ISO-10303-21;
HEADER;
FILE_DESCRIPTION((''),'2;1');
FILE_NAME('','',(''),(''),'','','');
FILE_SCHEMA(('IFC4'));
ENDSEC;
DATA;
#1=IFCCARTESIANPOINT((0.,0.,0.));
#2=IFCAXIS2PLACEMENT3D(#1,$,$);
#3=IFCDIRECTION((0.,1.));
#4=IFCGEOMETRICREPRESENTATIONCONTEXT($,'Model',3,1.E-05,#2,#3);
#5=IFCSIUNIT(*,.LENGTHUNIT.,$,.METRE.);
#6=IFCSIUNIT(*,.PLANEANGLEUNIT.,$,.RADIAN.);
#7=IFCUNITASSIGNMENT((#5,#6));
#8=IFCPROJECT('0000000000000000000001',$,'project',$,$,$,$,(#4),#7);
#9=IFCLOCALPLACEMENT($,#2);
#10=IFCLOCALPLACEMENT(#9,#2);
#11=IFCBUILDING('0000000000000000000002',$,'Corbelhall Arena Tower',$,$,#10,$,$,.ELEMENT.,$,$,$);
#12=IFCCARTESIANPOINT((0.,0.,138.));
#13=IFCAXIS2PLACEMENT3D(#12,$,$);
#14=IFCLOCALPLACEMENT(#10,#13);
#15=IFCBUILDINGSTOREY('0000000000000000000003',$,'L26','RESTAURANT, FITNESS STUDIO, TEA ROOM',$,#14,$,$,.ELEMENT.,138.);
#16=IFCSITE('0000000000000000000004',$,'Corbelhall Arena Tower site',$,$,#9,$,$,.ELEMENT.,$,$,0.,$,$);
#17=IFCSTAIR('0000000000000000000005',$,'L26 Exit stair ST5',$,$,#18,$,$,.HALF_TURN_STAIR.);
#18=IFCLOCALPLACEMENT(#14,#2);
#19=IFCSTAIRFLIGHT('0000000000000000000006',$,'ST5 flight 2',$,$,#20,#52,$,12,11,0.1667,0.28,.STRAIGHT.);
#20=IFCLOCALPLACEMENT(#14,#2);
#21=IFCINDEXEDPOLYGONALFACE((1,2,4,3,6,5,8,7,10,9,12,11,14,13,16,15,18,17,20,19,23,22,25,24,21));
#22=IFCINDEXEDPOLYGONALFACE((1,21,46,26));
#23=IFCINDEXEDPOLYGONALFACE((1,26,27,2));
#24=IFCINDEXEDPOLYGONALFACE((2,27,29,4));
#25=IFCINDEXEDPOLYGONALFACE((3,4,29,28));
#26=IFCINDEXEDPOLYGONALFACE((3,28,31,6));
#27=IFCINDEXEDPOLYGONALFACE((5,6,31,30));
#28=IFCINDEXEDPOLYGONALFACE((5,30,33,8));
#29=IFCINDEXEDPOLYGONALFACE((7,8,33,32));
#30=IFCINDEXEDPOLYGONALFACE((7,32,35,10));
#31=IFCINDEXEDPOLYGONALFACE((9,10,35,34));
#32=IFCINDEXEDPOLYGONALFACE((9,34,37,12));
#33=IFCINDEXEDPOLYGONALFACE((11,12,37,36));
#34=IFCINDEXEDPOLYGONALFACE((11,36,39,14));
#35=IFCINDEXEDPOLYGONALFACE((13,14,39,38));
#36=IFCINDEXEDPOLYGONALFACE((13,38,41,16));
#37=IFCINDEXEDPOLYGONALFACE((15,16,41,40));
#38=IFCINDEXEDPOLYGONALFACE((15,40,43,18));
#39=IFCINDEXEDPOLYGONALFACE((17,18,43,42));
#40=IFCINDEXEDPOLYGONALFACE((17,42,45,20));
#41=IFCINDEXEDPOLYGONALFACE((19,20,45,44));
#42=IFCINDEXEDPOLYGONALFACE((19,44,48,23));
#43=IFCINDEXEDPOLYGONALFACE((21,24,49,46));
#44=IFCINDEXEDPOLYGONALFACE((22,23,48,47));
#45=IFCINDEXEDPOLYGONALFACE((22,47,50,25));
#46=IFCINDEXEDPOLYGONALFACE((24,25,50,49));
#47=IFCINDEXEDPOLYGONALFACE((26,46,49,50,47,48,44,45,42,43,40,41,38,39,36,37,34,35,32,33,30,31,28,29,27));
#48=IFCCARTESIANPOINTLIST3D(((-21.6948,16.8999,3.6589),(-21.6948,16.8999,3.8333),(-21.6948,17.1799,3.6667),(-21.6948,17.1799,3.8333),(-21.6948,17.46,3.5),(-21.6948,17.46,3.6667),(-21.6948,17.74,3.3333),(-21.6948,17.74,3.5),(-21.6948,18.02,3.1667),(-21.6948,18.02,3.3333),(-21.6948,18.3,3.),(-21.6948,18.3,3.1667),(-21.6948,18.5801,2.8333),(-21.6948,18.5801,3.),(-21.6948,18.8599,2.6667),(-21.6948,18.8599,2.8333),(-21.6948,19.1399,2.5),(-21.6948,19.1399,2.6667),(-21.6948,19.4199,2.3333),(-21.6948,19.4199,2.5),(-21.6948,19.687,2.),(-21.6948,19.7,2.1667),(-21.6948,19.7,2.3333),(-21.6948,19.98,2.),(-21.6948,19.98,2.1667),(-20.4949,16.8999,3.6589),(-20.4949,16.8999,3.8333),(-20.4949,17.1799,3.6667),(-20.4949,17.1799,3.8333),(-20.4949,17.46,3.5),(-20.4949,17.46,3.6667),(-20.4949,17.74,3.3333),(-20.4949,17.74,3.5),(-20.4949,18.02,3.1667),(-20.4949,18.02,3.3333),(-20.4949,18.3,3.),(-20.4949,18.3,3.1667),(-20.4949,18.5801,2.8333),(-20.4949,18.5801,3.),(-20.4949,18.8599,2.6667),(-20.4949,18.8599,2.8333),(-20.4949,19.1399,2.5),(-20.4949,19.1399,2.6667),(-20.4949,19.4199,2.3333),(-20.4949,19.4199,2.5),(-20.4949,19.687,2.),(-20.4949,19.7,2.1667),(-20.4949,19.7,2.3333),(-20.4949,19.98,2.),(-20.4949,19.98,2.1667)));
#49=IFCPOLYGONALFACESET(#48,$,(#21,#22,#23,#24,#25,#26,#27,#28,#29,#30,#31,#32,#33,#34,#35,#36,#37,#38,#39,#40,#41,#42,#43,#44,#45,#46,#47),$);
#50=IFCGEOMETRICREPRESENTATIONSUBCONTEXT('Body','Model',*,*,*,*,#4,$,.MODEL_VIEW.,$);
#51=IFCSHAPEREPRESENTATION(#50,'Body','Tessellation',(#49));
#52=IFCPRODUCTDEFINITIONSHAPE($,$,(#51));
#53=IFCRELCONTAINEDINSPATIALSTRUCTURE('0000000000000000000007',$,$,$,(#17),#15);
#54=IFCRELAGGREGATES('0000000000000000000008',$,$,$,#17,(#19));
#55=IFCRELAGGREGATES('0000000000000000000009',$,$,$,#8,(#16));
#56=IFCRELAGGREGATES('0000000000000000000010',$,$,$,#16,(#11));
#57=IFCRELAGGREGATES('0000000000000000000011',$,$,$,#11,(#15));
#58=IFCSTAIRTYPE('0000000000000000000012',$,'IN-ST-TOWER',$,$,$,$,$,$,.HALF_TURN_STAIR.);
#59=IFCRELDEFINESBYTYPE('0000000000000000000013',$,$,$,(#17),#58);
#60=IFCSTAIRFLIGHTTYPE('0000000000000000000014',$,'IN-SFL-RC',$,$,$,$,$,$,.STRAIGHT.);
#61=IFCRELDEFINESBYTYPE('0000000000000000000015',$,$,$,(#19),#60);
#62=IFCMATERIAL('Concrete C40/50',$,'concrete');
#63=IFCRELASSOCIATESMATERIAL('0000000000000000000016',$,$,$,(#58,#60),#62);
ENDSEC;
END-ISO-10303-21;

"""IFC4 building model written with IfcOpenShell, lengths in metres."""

from ifc_helpers import new_model, si_unit, direction, frame, origin, place, context, subcontext, project, spatial, polyline, outline, extrude, material, type_object, element, aggregate, save


model = new_model("IFC4")

# Units and contexts
model_context = context("Model", 3, precision=1e-05, world=origin(), true_north=direction((0.0, 1.0)))
body_context = subcontext(model_context, "Body", "Model", "MODEL_VIEW")
ifc_project = project(units=[si_unit("LENGTHUNIT", "METRE"), si_unit("PLANEANGLEUNIT", "RADIAN")], contexts=[model_context])

# Site, building, storey
site_placement = place(None, origin())
site = spatial("IfcSite", under=ifc_project, at=site_placement, Name="Corbelhall Arena Tower site", CompositionType="ELEMENT", RefElevation=0.0)
building_placement = place(site_placement, origin())
building = spatial("IfcBuilding", under=site, at=building_placement, Name="Corbelhall Arena Tower", CompositionType="ELEMENT")
storey_placement = place(building_placement, frame((0.0, 0.0, 138.0)))
storey = spatial("IfcBuildingStorey", under=building, at=storey_placement, Name="L26", Description="RESTAURANT, FITNESS STUDIO, TEA ROOM", CompositionType="ELEMENT", Elevation=138.0)

# Shared definitions
ifc_material_1 = material(Name="Concrete C40/50", Category="concrete")

# Shared definitions
stair_type = type_object("IfcStairType", Name="IN-ST-TOWER", PredefinedType="HALF_TURN_STAIR", material=ifc_material_1)
stair_flight_type = type_object("IfcStairFlightType", Name="IN-SFL-RC", PredefinedType="STRAIGHT", material=ifc_material_1)

# Stair, stair flight
stair_1_placement = place(storey_placement, origin())
stair_1 = element("IfcStair", 1, at=stair_1_placement, inside=storey, type_object=stair_type, Name="L26 Exit stair ST5", PredefinedType="HALF_TURN_STAIR")
stair_flight_1_placement = place(storey_placement, frame((-21.095, 19.98, 2.0), z_axis=(0.0, 0.0, 1.0), x_axis=(0.0, -1.0, 0.0)))
stair_flight_1 = element("IfcStairFlight", 2, at=stair_flight_1_placement, type_object=stair_flight_type, Name="ST5 flight 2", NumberOfRisers=12, NumberOfTreads=11, PredefinedType="STRAIGHT", RiserHeight=0.1667, TreadLength=0.28, context=body_context, shape_type="SweptSolid", body=[
    extrude(outline(polyline([(0.0, 0.0), (0.0, 0.1667), (0.28, 0.1667), (0.28, 0.3333), (0.5601, 0.3333), (0.5601, 0.5), (0.8401, 0.5), (0.8401, 0.6667), (1.1201, 0.6667), (1.1201, 0.8333), (1.3999, 0.8333), (1.3999, 1.0), (1.6799, 1.0), (1.6799, 1.1667), (1.96, 1.1667), (1.96, 1.3333), (2.24, 1.3333), (2.24, 1.5), (2.52, 1.5), (2.52, 1.6667), (2.8, 1.6667), (2.8, 1.8333), (3.0801, 1.8333), (3.0801, 2.0), (3.0801, 1.6589), (0.293, 0.0), (0.0, 0.0)])), frame((0.0, 0.6001, 0.0), z_axis=(0.0, -1.0, 0.0), x_axis=(1.0, 0.0, 0.0)), (0.0, 0.0, 1.0), 1.2),
])
aggregate(stair_1, [stair_flight_1])

save(model, "model.ifc")
